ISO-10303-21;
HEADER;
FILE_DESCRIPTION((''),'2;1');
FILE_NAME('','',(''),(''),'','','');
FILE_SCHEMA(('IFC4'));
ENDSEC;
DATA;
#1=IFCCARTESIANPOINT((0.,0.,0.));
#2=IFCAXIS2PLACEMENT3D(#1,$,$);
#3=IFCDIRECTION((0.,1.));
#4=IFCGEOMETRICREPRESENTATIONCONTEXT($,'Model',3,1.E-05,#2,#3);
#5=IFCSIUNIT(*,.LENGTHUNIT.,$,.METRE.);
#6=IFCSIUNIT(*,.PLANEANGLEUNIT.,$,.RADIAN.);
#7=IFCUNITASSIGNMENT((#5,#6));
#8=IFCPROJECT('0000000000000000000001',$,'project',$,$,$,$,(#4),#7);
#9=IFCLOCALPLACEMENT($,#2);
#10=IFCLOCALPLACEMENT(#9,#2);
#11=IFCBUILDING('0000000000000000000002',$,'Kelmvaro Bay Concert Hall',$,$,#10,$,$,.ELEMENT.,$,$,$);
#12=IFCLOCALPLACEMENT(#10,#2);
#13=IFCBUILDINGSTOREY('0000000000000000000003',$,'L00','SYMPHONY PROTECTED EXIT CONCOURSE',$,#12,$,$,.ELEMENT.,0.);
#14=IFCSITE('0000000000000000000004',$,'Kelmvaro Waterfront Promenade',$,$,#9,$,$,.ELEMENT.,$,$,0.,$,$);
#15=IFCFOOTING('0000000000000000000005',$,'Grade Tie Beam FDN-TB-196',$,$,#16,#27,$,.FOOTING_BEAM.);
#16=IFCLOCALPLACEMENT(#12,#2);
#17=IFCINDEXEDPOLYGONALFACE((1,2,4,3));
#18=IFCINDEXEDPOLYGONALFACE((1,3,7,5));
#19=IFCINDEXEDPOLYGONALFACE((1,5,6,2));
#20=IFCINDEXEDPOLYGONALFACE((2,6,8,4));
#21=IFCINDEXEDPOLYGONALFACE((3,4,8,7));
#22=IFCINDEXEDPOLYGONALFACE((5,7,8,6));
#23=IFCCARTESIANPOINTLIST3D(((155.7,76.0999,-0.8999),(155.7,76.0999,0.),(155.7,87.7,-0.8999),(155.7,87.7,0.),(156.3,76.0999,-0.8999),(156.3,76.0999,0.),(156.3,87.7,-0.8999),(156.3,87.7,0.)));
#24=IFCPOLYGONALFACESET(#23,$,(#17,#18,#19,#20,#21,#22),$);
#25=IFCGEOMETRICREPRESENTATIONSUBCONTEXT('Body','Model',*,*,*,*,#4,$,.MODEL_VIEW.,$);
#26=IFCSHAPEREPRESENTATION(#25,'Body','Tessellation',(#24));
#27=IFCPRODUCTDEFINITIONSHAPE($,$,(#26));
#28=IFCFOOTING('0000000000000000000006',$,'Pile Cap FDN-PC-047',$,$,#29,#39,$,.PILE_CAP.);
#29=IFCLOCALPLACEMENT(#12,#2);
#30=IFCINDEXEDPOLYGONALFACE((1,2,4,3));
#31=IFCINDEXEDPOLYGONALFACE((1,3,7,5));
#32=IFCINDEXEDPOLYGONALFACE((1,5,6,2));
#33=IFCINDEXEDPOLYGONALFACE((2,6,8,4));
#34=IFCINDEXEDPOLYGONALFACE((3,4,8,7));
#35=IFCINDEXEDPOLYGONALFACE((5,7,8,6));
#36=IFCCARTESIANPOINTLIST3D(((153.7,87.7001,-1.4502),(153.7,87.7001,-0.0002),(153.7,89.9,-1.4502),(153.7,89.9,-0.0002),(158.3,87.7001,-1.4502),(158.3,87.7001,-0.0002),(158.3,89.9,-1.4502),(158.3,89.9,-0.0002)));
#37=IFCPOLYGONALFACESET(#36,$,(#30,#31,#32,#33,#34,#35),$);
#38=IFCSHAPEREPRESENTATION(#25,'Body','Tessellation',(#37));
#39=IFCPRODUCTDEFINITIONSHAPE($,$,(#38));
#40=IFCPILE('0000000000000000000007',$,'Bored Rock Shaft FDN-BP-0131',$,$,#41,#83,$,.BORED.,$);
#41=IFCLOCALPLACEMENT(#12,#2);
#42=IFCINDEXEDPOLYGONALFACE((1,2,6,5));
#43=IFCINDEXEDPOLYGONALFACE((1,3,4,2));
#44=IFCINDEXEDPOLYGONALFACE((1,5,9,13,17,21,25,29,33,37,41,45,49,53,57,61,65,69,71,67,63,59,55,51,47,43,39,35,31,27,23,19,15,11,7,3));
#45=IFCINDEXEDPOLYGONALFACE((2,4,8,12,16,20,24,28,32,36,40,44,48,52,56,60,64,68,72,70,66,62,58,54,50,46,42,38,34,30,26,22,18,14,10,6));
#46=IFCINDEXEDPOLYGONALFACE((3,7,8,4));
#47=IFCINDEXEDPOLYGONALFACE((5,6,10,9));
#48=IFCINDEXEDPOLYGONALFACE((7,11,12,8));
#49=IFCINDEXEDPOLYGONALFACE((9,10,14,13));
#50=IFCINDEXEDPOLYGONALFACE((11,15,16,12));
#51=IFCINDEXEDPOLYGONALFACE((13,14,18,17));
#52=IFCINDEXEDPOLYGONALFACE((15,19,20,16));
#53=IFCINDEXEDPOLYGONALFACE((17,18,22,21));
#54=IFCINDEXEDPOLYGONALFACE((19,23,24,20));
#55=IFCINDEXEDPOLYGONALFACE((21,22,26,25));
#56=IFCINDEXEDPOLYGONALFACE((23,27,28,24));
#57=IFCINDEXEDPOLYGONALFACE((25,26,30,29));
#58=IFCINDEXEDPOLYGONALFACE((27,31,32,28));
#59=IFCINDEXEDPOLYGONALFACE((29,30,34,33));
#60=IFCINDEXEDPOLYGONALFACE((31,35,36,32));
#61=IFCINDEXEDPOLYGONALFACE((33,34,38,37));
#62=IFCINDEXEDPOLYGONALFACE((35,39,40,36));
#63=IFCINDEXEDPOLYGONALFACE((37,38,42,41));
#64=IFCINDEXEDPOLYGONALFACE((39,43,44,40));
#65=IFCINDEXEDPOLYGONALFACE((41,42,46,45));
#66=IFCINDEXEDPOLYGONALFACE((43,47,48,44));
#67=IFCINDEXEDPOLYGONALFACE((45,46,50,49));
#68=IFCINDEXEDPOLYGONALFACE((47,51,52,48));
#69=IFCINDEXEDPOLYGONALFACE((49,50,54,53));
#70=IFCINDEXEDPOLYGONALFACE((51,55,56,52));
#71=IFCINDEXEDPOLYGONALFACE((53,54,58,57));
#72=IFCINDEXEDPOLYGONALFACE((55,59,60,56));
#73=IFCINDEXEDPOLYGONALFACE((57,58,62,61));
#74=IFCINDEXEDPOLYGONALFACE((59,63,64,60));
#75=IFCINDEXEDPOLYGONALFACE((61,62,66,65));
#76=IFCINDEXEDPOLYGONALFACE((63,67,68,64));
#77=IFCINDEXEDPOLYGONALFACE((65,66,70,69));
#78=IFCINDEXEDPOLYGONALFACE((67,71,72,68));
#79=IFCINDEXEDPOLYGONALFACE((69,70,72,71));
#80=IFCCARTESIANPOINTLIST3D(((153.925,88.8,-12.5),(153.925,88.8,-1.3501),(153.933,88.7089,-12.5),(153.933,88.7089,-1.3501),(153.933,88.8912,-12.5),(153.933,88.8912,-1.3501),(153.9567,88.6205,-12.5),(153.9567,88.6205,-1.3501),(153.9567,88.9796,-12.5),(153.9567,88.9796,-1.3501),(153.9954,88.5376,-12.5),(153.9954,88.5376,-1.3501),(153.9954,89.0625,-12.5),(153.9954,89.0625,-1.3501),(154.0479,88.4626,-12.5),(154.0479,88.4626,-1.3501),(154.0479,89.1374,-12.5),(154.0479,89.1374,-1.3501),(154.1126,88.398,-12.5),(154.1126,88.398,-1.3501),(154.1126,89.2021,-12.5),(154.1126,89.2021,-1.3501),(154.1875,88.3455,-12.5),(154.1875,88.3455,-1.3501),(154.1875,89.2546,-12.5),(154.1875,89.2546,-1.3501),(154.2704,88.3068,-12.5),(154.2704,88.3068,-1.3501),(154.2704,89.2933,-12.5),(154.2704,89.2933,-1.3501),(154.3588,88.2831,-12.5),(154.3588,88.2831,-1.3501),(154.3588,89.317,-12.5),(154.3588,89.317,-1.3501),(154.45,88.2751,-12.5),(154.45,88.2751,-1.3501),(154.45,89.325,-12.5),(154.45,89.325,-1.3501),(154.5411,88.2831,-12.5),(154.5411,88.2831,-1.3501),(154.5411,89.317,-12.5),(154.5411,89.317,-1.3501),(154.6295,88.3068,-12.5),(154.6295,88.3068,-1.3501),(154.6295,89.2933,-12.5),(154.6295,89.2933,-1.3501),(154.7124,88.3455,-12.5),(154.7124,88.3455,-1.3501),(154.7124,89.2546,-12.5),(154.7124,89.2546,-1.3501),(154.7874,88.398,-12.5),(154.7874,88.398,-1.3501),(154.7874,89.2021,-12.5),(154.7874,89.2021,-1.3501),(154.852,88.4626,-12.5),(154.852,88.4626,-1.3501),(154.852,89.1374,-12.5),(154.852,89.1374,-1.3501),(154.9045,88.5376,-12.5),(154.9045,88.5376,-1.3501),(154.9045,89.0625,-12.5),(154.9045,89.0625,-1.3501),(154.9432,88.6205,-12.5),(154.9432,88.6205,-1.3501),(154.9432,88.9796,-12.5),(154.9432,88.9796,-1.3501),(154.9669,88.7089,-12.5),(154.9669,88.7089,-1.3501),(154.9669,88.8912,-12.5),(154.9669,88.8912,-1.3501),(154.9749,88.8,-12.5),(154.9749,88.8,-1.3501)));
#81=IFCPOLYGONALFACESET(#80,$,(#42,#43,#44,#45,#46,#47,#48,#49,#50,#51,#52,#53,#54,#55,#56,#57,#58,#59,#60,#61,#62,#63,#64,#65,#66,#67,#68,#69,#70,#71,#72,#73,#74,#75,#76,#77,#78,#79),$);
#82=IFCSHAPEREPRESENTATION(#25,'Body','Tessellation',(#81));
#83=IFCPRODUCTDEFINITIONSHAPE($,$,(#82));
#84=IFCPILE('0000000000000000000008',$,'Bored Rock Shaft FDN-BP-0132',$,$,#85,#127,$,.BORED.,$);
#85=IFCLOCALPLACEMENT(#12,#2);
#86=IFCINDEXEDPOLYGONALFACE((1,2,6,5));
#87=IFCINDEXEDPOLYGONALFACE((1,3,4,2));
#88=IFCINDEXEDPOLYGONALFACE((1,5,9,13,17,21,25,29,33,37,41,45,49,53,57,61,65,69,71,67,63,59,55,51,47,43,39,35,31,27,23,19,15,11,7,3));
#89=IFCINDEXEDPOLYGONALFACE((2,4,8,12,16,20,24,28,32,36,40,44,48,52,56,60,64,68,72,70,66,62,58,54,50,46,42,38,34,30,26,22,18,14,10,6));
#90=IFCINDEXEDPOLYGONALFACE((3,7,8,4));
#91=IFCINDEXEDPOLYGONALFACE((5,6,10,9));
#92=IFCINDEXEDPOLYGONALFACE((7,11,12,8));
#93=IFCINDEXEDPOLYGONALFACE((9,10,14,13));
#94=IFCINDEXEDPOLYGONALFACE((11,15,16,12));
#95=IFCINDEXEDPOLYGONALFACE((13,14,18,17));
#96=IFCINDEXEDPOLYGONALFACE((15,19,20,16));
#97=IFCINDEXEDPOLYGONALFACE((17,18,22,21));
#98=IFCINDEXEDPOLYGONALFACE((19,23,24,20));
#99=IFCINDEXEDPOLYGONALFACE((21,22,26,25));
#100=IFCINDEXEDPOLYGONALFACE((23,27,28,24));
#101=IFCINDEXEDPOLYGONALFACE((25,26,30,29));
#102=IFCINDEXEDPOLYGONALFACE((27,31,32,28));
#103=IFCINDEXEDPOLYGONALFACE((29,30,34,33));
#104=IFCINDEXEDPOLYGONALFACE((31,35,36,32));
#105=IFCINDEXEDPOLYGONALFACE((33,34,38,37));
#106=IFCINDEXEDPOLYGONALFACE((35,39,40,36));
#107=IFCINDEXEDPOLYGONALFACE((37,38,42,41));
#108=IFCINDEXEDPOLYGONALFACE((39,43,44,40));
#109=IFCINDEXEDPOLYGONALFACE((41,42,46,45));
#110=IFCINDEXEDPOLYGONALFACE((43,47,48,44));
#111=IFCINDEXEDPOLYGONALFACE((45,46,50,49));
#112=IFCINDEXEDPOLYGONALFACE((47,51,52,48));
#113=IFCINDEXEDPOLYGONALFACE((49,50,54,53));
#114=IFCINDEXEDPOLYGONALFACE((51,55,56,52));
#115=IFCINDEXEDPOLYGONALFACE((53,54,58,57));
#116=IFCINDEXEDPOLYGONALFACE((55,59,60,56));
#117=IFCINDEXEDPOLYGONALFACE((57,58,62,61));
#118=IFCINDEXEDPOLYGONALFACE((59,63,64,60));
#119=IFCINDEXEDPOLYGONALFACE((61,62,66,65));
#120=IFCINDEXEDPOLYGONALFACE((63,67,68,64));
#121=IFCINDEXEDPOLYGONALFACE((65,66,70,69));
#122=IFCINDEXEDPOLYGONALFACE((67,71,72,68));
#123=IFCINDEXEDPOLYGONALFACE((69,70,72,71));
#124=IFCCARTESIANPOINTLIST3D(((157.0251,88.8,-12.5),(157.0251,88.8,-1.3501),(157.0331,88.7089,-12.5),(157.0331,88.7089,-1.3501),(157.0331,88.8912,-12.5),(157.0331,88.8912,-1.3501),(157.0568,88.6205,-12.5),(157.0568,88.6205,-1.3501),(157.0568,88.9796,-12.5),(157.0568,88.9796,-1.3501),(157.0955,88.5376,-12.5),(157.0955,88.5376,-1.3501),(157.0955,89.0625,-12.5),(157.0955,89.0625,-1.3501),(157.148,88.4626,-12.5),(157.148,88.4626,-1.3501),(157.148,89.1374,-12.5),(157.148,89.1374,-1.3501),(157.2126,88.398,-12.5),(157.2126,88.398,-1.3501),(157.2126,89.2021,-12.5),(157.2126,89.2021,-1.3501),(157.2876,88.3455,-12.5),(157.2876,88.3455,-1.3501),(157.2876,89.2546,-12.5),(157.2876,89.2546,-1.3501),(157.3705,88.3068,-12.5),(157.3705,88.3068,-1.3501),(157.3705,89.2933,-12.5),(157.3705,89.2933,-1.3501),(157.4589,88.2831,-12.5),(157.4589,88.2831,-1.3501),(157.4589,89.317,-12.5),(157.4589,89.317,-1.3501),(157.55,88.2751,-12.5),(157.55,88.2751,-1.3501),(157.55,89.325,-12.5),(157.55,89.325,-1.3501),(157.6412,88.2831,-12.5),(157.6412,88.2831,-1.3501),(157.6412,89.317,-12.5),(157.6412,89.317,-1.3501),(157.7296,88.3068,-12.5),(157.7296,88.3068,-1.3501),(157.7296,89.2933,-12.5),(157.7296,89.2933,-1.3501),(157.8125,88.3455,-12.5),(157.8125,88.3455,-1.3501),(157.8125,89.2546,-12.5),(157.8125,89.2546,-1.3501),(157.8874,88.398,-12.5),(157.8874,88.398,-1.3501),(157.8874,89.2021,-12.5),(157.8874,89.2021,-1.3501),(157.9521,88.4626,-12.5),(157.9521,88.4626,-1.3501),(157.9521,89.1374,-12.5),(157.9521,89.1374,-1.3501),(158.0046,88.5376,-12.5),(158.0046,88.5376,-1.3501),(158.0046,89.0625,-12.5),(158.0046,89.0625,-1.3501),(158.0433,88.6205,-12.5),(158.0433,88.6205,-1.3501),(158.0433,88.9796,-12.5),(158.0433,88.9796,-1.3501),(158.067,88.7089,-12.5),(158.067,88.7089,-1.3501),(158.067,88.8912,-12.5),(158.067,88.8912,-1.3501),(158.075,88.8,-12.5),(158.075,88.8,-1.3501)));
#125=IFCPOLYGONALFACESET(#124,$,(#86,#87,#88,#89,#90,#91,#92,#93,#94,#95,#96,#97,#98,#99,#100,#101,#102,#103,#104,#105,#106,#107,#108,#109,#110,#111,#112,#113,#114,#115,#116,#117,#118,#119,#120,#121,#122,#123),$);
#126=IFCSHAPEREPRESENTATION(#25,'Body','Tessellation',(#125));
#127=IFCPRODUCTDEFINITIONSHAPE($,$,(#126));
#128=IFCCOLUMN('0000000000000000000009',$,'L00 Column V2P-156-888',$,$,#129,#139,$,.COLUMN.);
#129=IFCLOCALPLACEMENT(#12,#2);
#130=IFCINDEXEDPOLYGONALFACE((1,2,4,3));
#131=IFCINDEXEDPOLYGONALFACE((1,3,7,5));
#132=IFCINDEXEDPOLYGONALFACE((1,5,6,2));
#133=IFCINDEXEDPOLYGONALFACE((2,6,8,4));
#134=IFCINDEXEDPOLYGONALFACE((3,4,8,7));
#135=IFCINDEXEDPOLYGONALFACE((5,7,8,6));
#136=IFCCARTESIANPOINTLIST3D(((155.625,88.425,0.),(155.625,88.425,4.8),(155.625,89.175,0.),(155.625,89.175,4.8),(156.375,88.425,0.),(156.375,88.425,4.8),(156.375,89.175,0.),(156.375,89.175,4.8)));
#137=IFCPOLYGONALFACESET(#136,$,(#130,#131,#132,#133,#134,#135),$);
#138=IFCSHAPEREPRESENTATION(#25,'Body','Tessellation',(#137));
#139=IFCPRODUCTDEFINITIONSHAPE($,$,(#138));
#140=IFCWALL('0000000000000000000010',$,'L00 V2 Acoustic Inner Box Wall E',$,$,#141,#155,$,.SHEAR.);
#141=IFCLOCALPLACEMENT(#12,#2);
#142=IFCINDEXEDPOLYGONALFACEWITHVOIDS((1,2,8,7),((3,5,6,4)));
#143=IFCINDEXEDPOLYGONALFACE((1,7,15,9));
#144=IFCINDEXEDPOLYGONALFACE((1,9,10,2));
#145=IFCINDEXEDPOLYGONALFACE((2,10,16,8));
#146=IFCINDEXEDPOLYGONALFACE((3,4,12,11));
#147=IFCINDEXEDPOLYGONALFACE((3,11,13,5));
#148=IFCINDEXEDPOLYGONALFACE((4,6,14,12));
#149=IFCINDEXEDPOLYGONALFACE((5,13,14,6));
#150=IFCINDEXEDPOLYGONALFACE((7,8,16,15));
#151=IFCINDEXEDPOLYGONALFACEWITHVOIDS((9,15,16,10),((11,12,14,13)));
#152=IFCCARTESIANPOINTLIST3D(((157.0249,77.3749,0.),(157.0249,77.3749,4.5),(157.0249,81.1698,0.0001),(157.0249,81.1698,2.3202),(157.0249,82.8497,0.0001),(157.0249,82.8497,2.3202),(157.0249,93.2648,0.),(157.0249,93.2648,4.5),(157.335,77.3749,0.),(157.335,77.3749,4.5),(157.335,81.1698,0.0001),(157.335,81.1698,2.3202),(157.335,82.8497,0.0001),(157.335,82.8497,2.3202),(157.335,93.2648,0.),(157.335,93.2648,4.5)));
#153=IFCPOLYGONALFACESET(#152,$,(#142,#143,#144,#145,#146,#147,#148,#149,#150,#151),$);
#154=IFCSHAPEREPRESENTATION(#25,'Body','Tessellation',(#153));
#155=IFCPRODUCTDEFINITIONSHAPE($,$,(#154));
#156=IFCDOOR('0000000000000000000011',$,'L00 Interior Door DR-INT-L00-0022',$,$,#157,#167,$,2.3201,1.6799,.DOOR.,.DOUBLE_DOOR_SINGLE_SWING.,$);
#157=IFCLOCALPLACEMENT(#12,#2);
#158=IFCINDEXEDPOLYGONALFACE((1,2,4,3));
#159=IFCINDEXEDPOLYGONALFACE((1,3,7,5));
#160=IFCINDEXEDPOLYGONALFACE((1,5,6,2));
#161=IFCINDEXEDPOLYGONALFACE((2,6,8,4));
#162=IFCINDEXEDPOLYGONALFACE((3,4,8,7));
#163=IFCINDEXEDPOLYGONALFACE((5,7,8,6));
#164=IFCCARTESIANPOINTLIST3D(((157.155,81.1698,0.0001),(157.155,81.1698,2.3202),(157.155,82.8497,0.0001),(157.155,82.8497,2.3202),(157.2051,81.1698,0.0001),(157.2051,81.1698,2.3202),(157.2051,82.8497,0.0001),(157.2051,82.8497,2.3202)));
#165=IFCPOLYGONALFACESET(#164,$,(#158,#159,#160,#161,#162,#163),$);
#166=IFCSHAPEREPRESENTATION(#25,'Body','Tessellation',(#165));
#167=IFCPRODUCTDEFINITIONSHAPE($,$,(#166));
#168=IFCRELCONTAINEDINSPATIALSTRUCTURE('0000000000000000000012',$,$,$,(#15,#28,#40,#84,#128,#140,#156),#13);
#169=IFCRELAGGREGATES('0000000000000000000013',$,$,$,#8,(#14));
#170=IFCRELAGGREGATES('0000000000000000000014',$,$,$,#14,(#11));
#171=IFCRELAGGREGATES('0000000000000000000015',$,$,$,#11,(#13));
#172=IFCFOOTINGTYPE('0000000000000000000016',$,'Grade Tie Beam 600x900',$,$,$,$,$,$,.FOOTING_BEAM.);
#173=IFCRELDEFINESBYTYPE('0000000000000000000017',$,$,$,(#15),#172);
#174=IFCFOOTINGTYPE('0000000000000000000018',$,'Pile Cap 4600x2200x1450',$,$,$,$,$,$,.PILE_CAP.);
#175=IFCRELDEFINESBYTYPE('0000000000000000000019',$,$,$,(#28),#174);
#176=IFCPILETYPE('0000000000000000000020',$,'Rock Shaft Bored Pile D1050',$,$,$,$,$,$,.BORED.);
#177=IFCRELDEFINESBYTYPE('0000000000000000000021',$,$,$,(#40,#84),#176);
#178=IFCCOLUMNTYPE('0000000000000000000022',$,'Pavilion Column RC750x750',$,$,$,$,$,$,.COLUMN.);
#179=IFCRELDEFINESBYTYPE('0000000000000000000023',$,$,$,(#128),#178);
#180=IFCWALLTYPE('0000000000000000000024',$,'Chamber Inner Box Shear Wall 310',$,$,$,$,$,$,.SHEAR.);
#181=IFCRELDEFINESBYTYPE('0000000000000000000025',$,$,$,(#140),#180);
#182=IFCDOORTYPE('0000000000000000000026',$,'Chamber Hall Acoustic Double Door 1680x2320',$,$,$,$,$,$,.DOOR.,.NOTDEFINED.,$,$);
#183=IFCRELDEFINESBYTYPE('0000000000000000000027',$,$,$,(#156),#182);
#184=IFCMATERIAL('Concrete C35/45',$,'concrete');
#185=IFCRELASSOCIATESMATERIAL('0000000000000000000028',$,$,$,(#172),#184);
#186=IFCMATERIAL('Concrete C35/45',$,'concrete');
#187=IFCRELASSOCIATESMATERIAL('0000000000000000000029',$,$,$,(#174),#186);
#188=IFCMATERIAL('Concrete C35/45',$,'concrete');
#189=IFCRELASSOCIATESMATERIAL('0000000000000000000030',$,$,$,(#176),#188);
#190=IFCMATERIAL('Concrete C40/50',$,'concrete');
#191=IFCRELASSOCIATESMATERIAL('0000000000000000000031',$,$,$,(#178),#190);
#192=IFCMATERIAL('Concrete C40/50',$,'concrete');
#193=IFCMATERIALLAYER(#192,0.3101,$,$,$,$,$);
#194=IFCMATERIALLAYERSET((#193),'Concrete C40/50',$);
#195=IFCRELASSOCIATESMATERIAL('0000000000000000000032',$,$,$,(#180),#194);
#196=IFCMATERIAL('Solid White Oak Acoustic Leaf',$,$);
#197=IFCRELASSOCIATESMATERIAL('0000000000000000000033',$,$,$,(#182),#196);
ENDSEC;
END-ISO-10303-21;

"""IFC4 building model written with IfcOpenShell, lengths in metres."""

from ifc_helpers import new_model, si_unit, direction, frame, frame_2d, origin, origin_2d, place, context, subcontext, project, spatial, rectangle, circle, extrude, material, layer, layer_set, material_profile, profile_set, type_object, element, fill, save


model = new_model("IFC4")

# Units and contexts
model_context = context("Model", 3, precision=1e-05, world=origin(), true_north=direction((0.0, 1.0)))
body_context = subcontext(model_context, "Body", "Model", "MODEL_VIEW")
ifc_project = project(units=[si_unit("LENGTHUNIT", "METRE"), si_unit("PLANEANGLEUNIT", "RADIAN")], contexts=[model_context])

# Site, building, storey
site_placement = place(None, origin())
site = spatial("IfcSite", under=ifc_project, at=site_placement, Name="Kelmvaro Waterfront Promenade", CompositionType="ELEMENT", RefElevation=0.0)
building_placement = place(site_placement, origin())
building = spatial("IfcBuilding", under=site, at=building_placement, Name="Kelmvaro Bay Concert Hall", CompositionType="ELEMENT")
storey_placement = place(building_placement, origin())
storey = spatial("IfcBuildingStorey", under=building, at=storey_placement, Name="L00", Description="SYMPHONY PROTECTED EXIT CONCOURSE", CompositionType="ELEMENT", Elevation=0.0)

# Footings
ifc_material_1 = material(Name="Concrete C35/45", Category="concrete")
footing_type_1 = type_object("IfcFootingType", Name="Grade Tie Beam 600x900", PredefinedType="FOOTING_BEAM", material=ifc_material_1)
footing_1_placement = place(storey_placement, frame((156.0, 81.8999, -0.8999), z_axis=(0.0, 0.0, 1.0), x_axis=(0.0, 1.0, 0.0)))
element("IfcFooting", 1, at=footing_1_placement, inside=storey, type_object=footing_type_1, Name="Grade Tie Beam FDN-TB-196", PredefinedType="FOOTING_BEAM", context=body_context, shape_type="SweptSolid", body=[
    extrude(rectangle(XDim=11.6001, YDim=0.6001, at=origin_2d()), origin(), (0.0, 0.0, 1.0), 0.8999),
])
ifc_material_2 = material(Name="Concrete C35/45", Category="concrete")
footing_type_2 = type_object("IfcFootingType", Name="Pile Cap 4600x2200x1450", PredefinedType="PILE_CAP", material=ifc_material_2)
footing_2_placement = place(storey_placement, frame((156.0, 88.8, -1.4502), z_axis=(0.0, 0.0, 1.0), x_axis=(1.0, 0.0, 0.0)))
element("IfcFooting", 2, at=footing_2_placement, inside=storey, type_object=footing_type_2, Name="Pile Cap FDN-PC-047", PredefinedType="PILE_CAP", context=body_context, shape_type="SweptSolid", body=[
    extrude(rectangle(XDim=4.6001, YDim=2.2, at=origin_2d()), origin(), (0.0, 0.0, 1.0), 1.45),
])

# Piles
ifc_material_3 = material(Name="Concrete C35/45", Category="concrete")
ifc_material_profile_1 = material_profile(ifc_material_3, circle(Radius=0.5249, at=origin_2d()), Name="PILE-BORED-1050")
ifc_profile_set_1 = profile_set([ifc_material_profile_1], Name="Concrete C35/45")
pile_type = type_object("IfcPileType", Name="Rock Shaft Bored Pile D1050", PredefinedType="BORED", material=ifc_profile_set_1)
for number, where, z_axis, x_axis, name in (
    (3, (154.45, 88.8, -1.3501), (0.0, 0.0, -1.0), (1.0, 0.0, 0.0), "Bored Rock Shaft FDN-BP-0131"),
    (4, (157.55, 88.8, -1.3501), (0.0, 0.0, -1.0), (1.0, 0.0, 0.0), "Bored Rock Shaft FDN-BP-0132"),
):
    element("IfcPile", number, at=place(storey_placement, frame(where, z_axis=z_axis, x_axis=x_axis)), inside=storey, type_object=pile_type, Name=name, PredefinedType="BORED", context=body_context, shape_type="SweptSolid", body=[
        extrude(circle(Radius=0.5249, at=origin_2d()), origin(), (0.0, 0.0, 1.0), 11.1499),
    ])

# Column
ifc_material_4 = material(Name="Concrete C40/50", Category="concrete")
ifc_material_profile_2 = material_profile(ifc_material_4, rectangle(XDim=0.75, YDim=0.75, at=origin_2d()), Name="RC-COL-750X750")
ifc_profile_set_2 = profile_set([ifc_material_profile_2], Name="Concrete C40/50")
column_type = type_object("IfcColumnType", Name="Pavilion Column RC750x750", PredefinedType="COLUMN", material=ifc_profile_set_2)
column_placement = place(storey_placement, frame((156.0, 88.8, 0.0), z_axis=(0.0, 0.0, 1.0), x_axis=(1.0, 0.0, 0.0)))
element("IfcColumn", 5, at=column_placement, inside=storey, type_object=column_type, Name="L00 Column V2P-156-888", PredefinedType="COLUMN", context=body_context, shape_type="SweptSolid", body=[
    extrude(rectangle(XDim=0.75, YDim=0.75, at=origin_2d()), origin(), (0.0, 0.0, 1.0), 4.8),
])

# Wall, opening, door
ifc_material_5 = material(Name="Concrete C40/50", Category="concrete")
ifc_layer_1 = layer(ifc_material_5, 0.3101)
ifc_layer_set_1 = layer_set([ifc_layer_1], Name="Concrete C40/50")
wall_type_1 = type_object("IfcWallType", Name="Chamber Inner Box Shear Wall 310", PredefinedType="SHEAR", material=ifc_layer_set_1)
wall_1_placement = place(storey_placement, frame((157.1799, 77.375, 0.0), z_axis=(0.0, 0.0, 1.0), x_axis=(0.0, 1.0, 0.0)))
wall_1 = element("IfcWall", 6, at=wall_1_placement, inside=storey, type_object=wall_type_1, Name="L00 V2 Acoustic Inner Box Wall E", PredefinedType="SHEAR", context=body_context, shape_type="SweptSolid", body=[
    extrude(rectangle(XDim=15.8899, YDim=0.3101, at=frame_2d((7.9448, 0.0))), origin(), (0.0, 0.0, 1.0), 4.5),
])
opening_1_placement = place(wall_1_placement, frame((3.7949, 0.0, 0.0)))
opening_1 = element("IfcOpeningElement", 7, at=opening_1_placement, cuts=wall_1, PredefinedType="OPENING", context=body_context, shape_type="SweptSolid", body=[
    extrude(rectangle(XDim=1.6799, YDim=2.3201, at=frame_2d((0.8398, 1.1602))), frame((0.0, 0.165, 0.0), z_axis=(0.0, -1.0, 0.0), x_axis=(1.0, 0.0, 0.0)), (0.0, 0.0, 1.0), 0.3301),
])
ifc_material_6 = material(Name="Solid White Oak Acoustic Leaf")
door_type_1 = type_object("IfcDoorType", Name="Chamber Hall Acoustic Double Door 1680x2320", OperationType="NOTDEFINED", PredefinedType="DOOR", material=ifc_material_6)
door_1_placement = place(opening_1_placement, origin())
door_1 = element("IfcDoor", 8, at=door_1_placement, inside=storey, type_object=door_type_1, Name="L00 Interior Door DR-INT-L00-0022", OperationType="DOUBLE_DOOR_SINGLE_SWING", OverallHeight=2.3201, OverallWidth=1.6799, PredefinedType="DOOR", context=body_context, shape_type="SweptSolid", body=[
    extrude(rectangle(XDim=1.6799, YDim=2.3201, at=frame_2d((0.8398, 1.1602))), frame((0.0, 0.0249, 0.0), z_axis=(0.0, -1.0, 0.0), x_axis=(1.0, 0.0, 0.0)), (0.0, 0.0, 1.0), 0.05),
])
fill(opening_1, door_1)

save(model, "model.ifc")
